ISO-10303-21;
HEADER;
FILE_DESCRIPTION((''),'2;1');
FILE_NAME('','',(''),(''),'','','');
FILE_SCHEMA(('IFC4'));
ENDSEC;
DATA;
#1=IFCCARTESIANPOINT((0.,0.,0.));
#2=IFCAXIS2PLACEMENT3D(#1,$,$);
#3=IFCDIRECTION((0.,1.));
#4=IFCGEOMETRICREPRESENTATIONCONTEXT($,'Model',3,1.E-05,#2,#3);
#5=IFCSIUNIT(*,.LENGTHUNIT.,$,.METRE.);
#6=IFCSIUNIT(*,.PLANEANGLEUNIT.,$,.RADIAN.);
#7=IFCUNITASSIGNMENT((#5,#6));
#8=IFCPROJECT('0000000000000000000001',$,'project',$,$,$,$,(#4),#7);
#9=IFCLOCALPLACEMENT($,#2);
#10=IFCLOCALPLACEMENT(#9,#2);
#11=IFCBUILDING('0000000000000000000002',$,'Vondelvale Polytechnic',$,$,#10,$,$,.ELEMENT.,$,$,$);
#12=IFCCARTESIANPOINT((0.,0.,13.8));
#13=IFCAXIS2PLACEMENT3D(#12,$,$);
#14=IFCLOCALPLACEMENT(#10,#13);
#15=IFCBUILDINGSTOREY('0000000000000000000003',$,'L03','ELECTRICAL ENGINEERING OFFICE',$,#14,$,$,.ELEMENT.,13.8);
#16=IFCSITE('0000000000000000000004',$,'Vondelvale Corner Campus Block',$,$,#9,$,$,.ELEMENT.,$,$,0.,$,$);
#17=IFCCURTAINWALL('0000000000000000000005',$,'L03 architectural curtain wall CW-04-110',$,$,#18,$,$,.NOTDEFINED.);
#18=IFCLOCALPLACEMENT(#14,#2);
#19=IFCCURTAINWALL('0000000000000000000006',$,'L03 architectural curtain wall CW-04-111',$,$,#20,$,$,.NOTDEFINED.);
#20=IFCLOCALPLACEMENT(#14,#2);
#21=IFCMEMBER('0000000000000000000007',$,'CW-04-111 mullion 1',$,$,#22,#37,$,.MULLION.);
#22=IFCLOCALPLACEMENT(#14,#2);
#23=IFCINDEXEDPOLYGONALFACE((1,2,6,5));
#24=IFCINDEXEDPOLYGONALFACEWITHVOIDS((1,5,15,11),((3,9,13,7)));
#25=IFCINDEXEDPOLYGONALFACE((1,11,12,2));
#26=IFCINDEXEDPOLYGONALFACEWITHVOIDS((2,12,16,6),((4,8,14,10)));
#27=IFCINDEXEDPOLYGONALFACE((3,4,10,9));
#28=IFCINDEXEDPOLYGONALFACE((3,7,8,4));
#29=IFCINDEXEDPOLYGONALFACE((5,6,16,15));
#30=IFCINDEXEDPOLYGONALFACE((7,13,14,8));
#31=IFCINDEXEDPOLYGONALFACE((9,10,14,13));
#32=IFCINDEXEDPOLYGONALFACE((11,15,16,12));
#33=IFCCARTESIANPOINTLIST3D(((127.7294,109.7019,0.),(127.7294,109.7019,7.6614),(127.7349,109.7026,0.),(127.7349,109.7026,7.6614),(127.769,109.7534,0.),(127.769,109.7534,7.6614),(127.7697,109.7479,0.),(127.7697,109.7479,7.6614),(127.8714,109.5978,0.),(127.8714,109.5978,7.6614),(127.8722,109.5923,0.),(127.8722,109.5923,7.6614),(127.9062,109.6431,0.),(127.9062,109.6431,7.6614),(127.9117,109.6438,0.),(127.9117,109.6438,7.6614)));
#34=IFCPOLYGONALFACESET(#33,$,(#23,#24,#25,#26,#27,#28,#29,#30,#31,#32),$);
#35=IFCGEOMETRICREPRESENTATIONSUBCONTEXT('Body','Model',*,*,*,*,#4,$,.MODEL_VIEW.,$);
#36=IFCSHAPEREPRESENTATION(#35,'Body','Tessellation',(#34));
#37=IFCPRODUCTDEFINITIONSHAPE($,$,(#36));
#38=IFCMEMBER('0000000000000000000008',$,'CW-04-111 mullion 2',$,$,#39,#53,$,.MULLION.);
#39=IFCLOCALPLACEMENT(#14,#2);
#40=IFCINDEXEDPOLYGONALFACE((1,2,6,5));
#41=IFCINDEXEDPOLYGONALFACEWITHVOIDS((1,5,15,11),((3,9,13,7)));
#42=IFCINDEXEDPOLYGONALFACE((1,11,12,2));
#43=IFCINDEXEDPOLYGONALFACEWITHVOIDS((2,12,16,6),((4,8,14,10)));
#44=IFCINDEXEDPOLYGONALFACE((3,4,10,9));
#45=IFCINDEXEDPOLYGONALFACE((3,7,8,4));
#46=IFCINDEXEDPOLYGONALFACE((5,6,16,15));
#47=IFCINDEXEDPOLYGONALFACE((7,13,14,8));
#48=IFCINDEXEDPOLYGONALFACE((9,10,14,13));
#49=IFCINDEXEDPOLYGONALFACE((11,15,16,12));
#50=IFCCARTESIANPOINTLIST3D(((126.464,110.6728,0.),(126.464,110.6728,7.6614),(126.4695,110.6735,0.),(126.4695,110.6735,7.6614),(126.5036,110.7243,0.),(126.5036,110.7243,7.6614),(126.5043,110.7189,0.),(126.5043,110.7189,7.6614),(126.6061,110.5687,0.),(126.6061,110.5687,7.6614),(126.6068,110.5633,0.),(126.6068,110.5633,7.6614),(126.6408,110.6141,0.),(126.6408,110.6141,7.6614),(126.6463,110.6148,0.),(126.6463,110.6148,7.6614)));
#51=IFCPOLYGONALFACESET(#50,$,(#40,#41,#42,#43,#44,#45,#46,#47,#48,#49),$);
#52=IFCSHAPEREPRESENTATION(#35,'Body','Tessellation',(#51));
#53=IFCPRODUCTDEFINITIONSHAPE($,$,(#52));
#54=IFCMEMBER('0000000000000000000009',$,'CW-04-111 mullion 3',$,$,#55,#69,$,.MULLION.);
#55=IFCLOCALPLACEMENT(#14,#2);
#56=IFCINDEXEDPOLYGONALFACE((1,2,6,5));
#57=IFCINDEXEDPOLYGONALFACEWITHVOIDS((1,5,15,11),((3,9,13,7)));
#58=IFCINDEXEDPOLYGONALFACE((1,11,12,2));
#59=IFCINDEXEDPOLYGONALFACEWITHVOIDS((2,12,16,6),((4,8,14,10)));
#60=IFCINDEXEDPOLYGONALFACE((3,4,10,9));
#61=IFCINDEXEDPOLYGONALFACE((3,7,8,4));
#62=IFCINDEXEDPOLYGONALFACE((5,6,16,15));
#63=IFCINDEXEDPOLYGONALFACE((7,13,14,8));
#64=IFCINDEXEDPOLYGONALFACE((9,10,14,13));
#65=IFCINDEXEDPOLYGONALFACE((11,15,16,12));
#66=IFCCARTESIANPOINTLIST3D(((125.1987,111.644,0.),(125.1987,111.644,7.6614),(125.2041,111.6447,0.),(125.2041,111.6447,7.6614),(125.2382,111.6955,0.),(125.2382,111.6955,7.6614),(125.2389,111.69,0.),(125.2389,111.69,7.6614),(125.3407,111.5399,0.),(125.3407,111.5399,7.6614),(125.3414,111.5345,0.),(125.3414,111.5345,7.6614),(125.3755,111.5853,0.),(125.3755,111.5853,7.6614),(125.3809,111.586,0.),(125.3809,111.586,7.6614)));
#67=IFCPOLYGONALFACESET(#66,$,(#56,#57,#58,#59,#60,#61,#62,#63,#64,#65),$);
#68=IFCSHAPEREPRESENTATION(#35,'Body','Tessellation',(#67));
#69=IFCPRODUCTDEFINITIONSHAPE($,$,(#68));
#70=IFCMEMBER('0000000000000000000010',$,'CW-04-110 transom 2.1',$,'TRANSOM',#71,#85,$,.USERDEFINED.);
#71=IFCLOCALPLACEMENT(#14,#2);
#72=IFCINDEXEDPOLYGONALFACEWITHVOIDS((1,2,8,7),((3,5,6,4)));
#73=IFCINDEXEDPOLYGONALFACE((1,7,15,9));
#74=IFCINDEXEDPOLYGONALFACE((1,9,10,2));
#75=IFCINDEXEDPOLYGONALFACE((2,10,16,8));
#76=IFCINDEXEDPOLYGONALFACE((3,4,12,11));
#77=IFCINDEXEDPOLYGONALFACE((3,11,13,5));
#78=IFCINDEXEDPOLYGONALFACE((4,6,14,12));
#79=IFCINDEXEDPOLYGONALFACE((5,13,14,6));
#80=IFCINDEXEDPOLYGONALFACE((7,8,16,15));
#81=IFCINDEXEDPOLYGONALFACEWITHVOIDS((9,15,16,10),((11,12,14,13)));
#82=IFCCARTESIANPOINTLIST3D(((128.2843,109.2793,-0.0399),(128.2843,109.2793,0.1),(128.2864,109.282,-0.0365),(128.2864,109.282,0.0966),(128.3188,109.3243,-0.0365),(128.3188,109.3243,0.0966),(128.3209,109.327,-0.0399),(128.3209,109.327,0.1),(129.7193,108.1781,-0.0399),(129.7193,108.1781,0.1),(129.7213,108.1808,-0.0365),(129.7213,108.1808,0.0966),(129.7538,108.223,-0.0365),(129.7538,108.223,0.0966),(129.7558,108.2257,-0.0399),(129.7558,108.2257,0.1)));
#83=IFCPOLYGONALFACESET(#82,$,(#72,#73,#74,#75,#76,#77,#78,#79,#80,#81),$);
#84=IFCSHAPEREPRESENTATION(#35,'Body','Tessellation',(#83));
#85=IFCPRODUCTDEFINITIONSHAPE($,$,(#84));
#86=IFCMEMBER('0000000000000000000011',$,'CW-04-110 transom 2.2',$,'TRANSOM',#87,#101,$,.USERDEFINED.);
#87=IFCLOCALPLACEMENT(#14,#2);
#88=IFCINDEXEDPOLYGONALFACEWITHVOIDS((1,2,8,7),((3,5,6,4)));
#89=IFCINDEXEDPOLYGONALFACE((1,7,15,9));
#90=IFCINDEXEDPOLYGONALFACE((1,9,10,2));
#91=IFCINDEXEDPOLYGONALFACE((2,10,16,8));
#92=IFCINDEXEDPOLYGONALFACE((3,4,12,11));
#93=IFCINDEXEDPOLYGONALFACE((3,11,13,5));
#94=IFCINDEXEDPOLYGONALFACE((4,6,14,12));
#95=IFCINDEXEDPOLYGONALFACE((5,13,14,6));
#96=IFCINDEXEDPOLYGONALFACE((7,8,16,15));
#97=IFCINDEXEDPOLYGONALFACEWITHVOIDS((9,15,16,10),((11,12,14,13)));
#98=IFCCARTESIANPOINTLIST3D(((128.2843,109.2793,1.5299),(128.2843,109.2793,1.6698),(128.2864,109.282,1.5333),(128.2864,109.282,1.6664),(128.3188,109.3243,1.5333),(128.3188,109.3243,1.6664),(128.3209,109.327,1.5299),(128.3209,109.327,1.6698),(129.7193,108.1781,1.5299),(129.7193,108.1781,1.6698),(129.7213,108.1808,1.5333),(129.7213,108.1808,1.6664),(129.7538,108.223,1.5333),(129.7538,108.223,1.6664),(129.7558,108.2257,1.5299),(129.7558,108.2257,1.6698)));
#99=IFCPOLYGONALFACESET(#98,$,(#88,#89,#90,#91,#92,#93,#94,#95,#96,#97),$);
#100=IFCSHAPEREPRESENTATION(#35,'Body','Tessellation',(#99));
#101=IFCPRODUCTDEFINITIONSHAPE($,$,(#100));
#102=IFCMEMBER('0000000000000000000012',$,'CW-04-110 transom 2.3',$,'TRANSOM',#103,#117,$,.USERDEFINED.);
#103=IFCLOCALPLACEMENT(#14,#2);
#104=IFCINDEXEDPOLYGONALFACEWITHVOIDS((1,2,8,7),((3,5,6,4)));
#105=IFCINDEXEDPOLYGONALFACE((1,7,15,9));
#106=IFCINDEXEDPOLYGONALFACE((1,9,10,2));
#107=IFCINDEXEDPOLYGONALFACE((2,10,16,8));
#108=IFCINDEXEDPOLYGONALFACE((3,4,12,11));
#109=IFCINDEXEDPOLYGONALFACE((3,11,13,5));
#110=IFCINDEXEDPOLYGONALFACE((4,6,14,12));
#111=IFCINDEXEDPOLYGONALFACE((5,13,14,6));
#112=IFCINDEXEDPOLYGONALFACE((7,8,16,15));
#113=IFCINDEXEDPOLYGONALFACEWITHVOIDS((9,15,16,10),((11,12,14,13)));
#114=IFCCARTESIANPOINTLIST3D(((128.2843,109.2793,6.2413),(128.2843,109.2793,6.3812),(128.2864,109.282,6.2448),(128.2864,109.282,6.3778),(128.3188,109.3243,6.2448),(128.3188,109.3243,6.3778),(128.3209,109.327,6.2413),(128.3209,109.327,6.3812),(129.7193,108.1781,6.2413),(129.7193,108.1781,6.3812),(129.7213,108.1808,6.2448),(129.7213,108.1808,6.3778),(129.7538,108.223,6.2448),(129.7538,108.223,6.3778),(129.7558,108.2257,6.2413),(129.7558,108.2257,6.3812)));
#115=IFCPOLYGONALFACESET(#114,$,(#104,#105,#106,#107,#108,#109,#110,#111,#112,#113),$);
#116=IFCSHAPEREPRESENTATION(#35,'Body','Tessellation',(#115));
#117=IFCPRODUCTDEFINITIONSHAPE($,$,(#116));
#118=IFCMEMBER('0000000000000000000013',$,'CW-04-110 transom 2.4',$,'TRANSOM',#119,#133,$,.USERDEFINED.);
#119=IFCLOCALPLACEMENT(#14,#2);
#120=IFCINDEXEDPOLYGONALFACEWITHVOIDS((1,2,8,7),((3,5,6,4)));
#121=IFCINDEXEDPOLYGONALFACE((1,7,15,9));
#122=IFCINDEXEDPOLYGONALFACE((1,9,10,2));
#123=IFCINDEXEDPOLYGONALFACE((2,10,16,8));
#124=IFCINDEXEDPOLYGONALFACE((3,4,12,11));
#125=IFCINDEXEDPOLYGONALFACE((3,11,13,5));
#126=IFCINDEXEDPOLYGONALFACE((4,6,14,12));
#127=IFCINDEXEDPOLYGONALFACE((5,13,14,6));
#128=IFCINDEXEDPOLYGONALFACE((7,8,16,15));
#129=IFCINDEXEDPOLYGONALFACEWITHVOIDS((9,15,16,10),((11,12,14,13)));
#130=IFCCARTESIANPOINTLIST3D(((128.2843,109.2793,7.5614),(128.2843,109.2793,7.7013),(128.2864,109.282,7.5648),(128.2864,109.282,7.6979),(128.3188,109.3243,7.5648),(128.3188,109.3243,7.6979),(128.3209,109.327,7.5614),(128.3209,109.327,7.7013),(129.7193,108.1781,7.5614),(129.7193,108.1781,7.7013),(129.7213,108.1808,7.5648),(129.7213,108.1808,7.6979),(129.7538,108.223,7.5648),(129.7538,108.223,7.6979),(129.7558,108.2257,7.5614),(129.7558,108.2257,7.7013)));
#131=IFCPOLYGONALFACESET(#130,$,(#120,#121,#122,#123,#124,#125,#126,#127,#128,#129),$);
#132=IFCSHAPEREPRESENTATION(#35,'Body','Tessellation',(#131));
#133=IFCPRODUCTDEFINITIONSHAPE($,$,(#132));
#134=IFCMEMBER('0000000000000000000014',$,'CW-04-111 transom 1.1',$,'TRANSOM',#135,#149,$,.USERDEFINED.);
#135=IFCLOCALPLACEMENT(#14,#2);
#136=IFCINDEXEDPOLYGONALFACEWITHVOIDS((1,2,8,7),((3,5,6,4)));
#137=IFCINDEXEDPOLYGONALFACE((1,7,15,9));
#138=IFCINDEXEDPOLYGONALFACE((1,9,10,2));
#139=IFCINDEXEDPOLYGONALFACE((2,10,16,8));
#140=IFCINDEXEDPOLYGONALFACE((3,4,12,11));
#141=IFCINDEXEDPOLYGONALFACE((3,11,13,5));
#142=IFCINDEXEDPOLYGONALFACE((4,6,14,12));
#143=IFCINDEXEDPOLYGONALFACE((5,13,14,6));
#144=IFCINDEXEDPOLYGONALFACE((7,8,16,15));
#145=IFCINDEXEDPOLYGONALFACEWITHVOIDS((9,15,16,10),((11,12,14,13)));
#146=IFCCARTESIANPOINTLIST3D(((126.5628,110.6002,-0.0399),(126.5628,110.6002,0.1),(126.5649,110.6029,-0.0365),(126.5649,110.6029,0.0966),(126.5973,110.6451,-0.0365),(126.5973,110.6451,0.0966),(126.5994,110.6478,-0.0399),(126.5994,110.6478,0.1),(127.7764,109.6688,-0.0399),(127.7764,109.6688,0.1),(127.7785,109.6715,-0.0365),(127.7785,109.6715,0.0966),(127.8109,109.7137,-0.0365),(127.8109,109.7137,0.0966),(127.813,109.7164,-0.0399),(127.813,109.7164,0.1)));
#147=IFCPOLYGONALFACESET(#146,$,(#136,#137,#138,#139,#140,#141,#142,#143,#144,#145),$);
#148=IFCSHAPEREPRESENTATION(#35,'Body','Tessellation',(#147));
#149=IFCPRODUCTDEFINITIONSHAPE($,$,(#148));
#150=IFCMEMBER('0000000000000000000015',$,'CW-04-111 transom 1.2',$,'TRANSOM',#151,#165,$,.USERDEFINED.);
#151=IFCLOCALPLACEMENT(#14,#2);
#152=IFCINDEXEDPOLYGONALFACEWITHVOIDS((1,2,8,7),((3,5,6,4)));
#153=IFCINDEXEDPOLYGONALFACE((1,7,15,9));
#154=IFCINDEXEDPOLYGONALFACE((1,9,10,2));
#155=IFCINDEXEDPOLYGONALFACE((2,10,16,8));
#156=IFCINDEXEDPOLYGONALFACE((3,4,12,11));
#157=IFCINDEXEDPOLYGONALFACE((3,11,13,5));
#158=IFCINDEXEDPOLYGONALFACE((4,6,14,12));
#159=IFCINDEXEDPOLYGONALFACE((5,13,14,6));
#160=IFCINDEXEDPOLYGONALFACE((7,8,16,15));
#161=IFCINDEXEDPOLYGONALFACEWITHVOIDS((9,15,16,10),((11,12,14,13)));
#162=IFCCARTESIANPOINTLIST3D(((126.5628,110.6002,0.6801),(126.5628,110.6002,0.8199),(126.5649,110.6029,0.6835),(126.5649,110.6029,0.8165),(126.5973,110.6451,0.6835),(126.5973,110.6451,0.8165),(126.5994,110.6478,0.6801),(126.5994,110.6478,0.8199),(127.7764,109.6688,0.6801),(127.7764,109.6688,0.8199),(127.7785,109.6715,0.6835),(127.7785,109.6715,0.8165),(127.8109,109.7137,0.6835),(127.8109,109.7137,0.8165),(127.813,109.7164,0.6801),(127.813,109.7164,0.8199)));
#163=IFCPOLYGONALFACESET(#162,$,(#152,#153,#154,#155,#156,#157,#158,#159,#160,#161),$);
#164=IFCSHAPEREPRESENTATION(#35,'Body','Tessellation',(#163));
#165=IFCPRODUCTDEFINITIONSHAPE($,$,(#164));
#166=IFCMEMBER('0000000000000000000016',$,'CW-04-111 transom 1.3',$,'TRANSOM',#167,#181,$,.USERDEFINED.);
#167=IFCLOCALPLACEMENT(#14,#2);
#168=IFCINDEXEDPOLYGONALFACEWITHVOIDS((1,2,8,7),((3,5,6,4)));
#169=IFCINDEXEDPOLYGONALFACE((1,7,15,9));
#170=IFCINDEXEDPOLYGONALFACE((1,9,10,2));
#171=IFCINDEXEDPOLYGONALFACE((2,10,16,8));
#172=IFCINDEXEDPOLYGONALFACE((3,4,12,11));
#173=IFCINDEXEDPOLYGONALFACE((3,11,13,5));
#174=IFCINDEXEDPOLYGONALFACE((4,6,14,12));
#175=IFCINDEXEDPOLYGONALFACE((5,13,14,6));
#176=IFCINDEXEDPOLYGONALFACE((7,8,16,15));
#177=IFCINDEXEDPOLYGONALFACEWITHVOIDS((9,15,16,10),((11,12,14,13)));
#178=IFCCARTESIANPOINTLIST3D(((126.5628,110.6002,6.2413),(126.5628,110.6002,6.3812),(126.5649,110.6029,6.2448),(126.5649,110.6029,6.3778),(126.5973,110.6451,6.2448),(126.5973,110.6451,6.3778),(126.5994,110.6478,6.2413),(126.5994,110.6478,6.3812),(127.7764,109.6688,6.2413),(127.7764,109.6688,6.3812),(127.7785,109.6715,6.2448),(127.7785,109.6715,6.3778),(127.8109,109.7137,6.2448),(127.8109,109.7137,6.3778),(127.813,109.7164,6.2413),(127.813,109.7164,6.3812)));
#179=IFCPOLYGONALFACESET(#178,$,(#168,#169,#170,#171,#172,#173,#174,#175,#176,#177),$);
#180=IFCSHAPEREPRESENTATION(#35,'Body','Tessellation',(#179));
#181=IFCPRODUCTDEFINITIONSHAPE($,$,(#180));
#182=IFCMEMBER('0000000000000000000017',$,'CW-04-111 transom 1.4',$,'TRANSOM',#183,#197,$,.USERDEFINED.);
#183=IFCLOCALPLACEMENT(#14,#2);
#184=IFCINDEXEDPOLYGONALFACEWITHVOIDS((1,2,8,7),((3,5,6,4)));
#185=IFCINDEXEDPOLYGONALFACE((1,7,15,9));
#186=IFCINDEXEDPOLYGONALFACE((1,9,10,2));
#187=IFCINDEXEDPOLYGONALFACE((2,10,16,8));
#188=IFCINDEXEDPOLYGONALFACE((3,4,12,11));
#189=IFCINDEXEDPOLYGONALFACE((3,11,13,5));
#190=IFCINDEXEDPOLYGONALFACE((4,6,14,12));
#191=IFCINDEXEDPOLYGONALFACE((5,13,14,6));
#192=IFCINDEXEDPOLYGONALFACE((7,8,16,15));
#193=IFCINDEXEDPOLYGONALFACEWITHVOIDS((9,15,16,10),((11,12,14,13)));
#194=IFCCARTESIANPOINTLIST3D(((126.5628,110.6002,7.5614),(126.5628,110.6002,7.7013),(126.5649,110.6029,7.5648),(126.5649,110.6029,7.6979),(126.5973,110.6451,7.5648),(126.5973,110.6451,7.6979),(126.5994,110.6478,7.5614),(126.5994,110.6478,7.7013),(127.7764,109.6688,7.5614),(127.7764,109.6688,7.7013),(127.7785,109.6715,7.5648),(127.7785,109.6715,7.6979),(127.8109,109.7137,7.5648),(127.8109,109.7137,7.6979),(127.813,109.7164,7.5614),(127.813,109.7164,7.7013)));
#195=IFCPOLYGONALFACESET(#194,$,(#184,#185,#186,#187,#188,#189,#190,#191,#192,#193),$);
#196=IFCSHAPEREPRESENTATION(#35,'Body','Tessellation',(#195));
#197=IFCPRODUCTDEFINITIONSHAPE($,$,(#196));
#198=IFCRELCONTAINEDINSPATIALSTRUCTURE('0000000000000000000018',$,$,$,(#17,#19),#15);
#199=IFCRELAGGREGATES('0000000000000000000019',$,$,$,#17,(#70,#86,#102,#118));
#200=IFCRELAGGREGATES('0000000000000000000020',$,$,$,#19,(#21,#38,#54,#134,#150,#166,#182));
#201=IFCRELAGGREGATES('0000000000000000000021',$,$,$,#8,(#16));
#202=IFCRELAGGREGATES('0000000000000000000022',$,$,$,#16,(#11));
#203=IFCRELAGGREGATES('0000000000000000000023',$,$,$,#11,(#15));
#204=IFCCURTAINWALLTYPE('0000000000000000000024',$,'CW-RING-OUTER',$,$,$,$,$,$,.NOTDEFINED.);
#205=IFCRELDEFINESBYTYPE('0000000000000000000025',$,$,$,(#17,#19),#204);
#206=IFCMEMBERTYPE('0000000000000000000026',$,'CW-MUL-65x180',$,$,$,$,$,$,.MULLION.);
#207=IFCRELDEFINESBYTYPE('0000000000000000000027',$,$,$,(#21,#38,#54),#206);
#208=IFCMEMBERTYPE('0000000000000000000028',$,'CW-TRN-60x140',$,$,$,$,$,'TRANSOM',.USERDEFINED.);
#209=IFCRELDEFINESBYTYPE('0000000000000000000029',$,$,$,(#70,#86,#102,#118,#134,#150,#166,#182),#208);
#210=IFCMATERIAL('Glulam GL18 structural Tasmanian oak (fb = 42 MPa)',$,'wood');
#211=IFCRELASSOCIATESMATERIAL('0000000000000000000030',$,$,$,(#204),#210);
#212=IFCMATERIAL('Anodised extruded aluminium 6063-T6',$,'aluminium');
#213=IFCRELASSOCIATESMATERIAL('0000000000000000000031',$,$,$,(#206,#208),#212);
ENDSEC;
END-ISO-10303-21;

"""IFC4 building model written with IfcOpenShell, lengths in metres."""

from ifc_helpers import new_model, si_unit, direction, frame, origin, origin_2d, place, context, subcontext, project, spatial, hollow_rectangle, extrude, material, material_profile, profile_set, type_object, element, aggregate, save


model = new_model("IFC4")

# Units and contexts
model_context = context("Model", 3, precision=1e-05, world=origin(), true_north=direction((0.0, 1.0)))
body_context = subcontext(model_context, "Body", "Model", "MODEL_VIEW")
ifc_project = project(units=[si_unit("LENGTHUNIT", "METRE"), si_unit("PLANEANGLEUNIT", "RADIAN")], contexts=[model_context])

# Site, building, storey
site_placement = place(None, origin())
site = spatial("IfcSite", under=ifc_project, at=site_placement, Name="Vondelvale Corner Campus Block", CompositionType="ELEMENT", RefElevation=0.0)
building_placement = place(site_placement, origin())
building = spatial("IfcBuilding", under=site, at=building_placement, Name="Vondelvale Polytechnic", CompositionType="ELEMENT")
storey_placement = place(building_placement, frame((0.0, 0.0, 13.8)))
storey = spatial("IfcBuildingStorey", under=building, at=storey_placement, Name="L03", Description="ELECTRICAL ENGINEERING OFFICE", CompositionType="ELEMENT", Elevation=13.8)

# Shared definitions
ifc_material_1 = material(Name="Glulam GL18 structural Tasmanian oak (fb = 42 MPa)", Category="wood")

# Curtain walls, members
curtain_wall_type = type_object("IfcCurtainWallType", Name="CW-RING-OUTER", PredefinedType="NOTDEFINED", material=ifc_material_1)
curtain_wall_1_placement = place(storey_placement, origin())
curtain_wall_1 = element("IfcCurtainWall", 1, at=curtain_wall_1_placement, inside=storey, type_object=curtain_wall_type, Name="L03 architectural curtain wall CW-04-110", PredefinedType="NOTDEFINED")
ifc_material_2 = material(Name="Anodised extruded aluminium 6063-T6", Category="aluminium")
ifc_material_profile_1 = material_profile(ifc_material_2, hollow_rectangle(XDim=0.0649, YDim=0.1799, WallThickness=0.0039, at=origin_2d()), Name="CW-MUL-180x65")
ifc_profile_set_1 = profile_set([ifc_material_profile_1], Name="Anodised extruded aluminium 6063-T6")
member_type_1 = type_object("IfcMemberType", Name="CW-MUL-65x180", PredefinedType="MULLION", material=ifc_profile_set_1)
curtain_wall_2_placement = place(storey_placement, origin())
curtain_wall_2 = element("IfcCurtainWall", 2, at=curtain_wall_2_placement, inside=storey, type_object=curtain_wall_type, Name="L03 architectural curtain wall CW-04-111", PredefinedType="NOTDEFINED")
member_1_placement = place(storey_placement, frame((127.8206, 109.6729, 0.0), z_axis=(0.0, 0.0, 1.0), x_axis=(-0.608787, -0.793334, 0.0)))
member_1 = element("IfcMember", 3, at=member_1_placement, type_object=member_type_1, Name="CW-04-111 mullion 1", PredefinedType="MULLION", context=body_context, shape_type="SweptSolid", body=[
    extrude(hollow_rectangle(XDim=0.0649, YDim=0.1799, WallThickness=0.0039, at=origin_2d()), origin(), (0.0, 0.0, 1.0), 7.6614),
])
member_2_placement = place(storey_placement, frame((126.5552, 110.6438, 0.0), z_axis=(0.0, 0.0, 1.0), x_axis=(-0.608787, -0.793334, 0.0)))
member_2 = element("IfcMember", 4, at=member_2_placement, type_object=member_type_1, Name="CW-04-111 mullion 2", PredefinedType="MULLION", context=body_context, shape_type="SweptSolid", body=[
    extrude(hollow_rectangle(XDim=0.0649, YDim=0.1799, WallThickness=0.0039, at=origin_2d()), origin(), (0.0, 0.0, 1.0), 7.6614),
])
member_3_placement = place(storey_placement, frame((125.2898, 111.615, 0.0), z_axis=(0.0, 0.0, 1.0), x_axis=(-0.608787, -0.793334, 0.0)))
member_3 = element("IfcMember", 5, at=member_3_placement, type_object=member_type_1, Name="CW-04-111 mullion 3", PredefinedType="MULLION", context=body_context, shape_type="SweptSolid", body=[
    extrude(hollow_rectangle(XDim=0.0649, YDim=0.1799, WallThickness=0.0039, at=origin_2d()), origin(), (0.0, 0.0, 1.0), 7.6614),
])

# Members
ifc_material_profile_2 = material_profile(ifc_material_2, hollow_rectangle(XDim=0.0601, YDim=0.1399, WallThickness=0.0034, at=origin_2d()), Name="CW-TRN-140x60")
ifc_profile_set_2 = profile_set([ifc_material_profile_2], Name="Anodised extruded aluminium 6063-T6")
member_type_2 = type_object("IfcMemberType", Name="CW-TRN-60x140", ElementType="TRANSOM", PredefinedType="USERDEFINED", material=ifc_profile_set_2)
member_4_placement = place(storey_placement, frame((129.7375, 108.2019, 0.03), z_axis=(-0.793311, 0.608817, 0.0), x_axis=(-0.608817, -0.793311, 0.0)))
member_4 = element("IfcMember", 6, at=member_4_placement, type_object=member_type_2, Name="CW-04-110 transom 2.1", ObjectType="TRANSOM", PredefinedType="USERDEFINED", context=body_context, shape_type="SweptSolid", body=[
    extrude(hollow_rectangle(XDim=0.0601, YDim=0.1399, WallThickness=0.0034, at=origin_2d()), origin(), (0.0, 0.0, 1.0), 1.8088),
])
member_5_placement = place(storey_placement, frame((129.7375, 108.2019, 1.5999), z_axis=(-0.793311, 0.608817, 0.0), x_axis=(-0.608817, -0.793311, 0.0)))
member_5 = element("IfcMember", 7, at=member_5_placement, type_object=member_type_2, Name="CW-04-110 transom 2.2", ObjectType="TRANSOM", PredefinedType="USERDEFINED", context=body_context, shape_type="SweptSolid", body=[
    extrude(hollow_rectangle(XDim=0.0601, YDim=0.1399, WallThickness=0.0034, at=origin_2d()), origin(), (0.0, 0.0, 1.0), 1.8088),
])
member_6_placement = place(storey_placement, frame((129.7375, 108.2019, 6.3113), z_axis=(-0.793311, 0.608817, 0.0), x_axis=(-0.608817, -0.793311, 0.0)))
member_6 = element("IfcMember", 8, at=member_6_placement, type_object=member_type_2, Name="CW-04-110 transom 2.3", ObjectType="TRANSOM", PredefinedType="USERDEFINED", context=body_context, shape_type="SweptSolid", body=[
    extrude(hollow_rectangle(XDim=0.0601, YDim=0.1399, WallThickness=0.0034, at=origin_2d()), origin(), (0.0, 0.0, 1.0), 1.8088),
])
member_7_placement = place(storey_placement, frame((129.7375, 108.2019, 7.6313), z_axis=(-0.793311, 0.608817, 0.0), x_axis=(-0.608817, -0.793311, 0.0)))
member_7 = element("IfcMember", 9, at=member_7_placement, type_object=member_type_2, Name="CW-04-110 transom 2.4", ObjectType="TRANSOM", PredefinedType="USERDEFINED", context=body_context, shape_type="SweptSolid", body=[
    extrude(hollow_rectangle(XDim=0.0601, YDim=0.1399, WallThickness=0.0034, at=origin_2d()), origin(), (0.0, 0.0, 1.0), 1.8088),
])
member_8_placement = place(storey_placement, frame((127.7947, 109.6926, 0.03), z_axis=(-0.793306, 0.608823, 0.0), x_axis=(-0.608823, -0.793306, 0.0)))
member_8 = element("IfcMember", 10, at=member_8_placement, type_object=member_type_2, Name="CW-04-111 transom 1.1", ObjectType="TRANSOM", PredefinedType="USERDEFINED", context=body_context, shape_type="SweptSolid", body=[
    extrude(hollow_rectangle(XDim=0.0601, YDim=0.1399, WallThickness=0.0034, at=origin_2d()), origin(), (0.0, 0.0, 1.0), 1.5298),
])
member_9_placement = place(storey_placement, frame((127.7947, 109.6926, 0.75), z_axis=(-0.793306, 0.608823, 0.0), x_axis=(-0.608823, -0.793306, 0.0)))
member_9 = element("IfcMember", 11, at=member_9_placement, type_object=member_type_2, Name="CW-04-111 transom 1.2", ObjectType="TRANSOM", PredefinedType="USERDEFINED", context=body_context, shape_type="SweptSolid", body=[
    extrude(hollow_rectangle(XDim=0.0601, YDim=0.1399, WallThickness=0.0034, at=origin_2d()), origin(), (0.0, 0.0, 1.0), 1.5298),
])
member_10_placement = place(storey_placement, frame((127.7947, 109.6926, 6.3113), z_axis=(-0.793306, 0.608823, 0.0), x_axis=(-0.608823, -0.793306, 0.0)))
member_10 = element("IfcMember", 12, at=member_10_placement, type_object=member_type_2, Name="CW-04-111 transom 1.3", ObjectType="TRANSOM", PredefinedType="USERDEFINED", context=body_context, shape_type="SweptSolid", body=[
    extrude(hollow_rectangle(XDim=0.0601, YDim=0.1399, WallThickness=0.0034, at=origin_2d()), origin(), (0.0, 0.0, 1.0), 1.5298),
])
member_11_placement = place(storey_placement, frame((127.7947, 109.6926, 7.6313), z_axis=(-0.793306, 0.608823, 0.0), x_axis=(-0.608823, -0.793306, 0.0)))
member_11 = element("IfcMember", 13, at=member_11_placement, type_object=member_type_2, Name="CW-04-111 transom 1.4", ObjectType="TRANSOM", PredefinedType="USERDEFINED", context=body_context, shape_type="SweptSolid", body=[
    extrude(hollow_rectangle(XDim=0.0601, YDim=0.1399, WallThickness=0.0034, at=origin_2d()), origin(), (0.0, 0.0, 1.0), 1.5298),
])

aggregate(curtain_wall_1, [member_4, member_5, member_6, member_7])
aggregate(curtain_wall_2, [member_1, member_2, member_3, member_8, member_9, member_10, member_11])

save(model, "model.ifc")
